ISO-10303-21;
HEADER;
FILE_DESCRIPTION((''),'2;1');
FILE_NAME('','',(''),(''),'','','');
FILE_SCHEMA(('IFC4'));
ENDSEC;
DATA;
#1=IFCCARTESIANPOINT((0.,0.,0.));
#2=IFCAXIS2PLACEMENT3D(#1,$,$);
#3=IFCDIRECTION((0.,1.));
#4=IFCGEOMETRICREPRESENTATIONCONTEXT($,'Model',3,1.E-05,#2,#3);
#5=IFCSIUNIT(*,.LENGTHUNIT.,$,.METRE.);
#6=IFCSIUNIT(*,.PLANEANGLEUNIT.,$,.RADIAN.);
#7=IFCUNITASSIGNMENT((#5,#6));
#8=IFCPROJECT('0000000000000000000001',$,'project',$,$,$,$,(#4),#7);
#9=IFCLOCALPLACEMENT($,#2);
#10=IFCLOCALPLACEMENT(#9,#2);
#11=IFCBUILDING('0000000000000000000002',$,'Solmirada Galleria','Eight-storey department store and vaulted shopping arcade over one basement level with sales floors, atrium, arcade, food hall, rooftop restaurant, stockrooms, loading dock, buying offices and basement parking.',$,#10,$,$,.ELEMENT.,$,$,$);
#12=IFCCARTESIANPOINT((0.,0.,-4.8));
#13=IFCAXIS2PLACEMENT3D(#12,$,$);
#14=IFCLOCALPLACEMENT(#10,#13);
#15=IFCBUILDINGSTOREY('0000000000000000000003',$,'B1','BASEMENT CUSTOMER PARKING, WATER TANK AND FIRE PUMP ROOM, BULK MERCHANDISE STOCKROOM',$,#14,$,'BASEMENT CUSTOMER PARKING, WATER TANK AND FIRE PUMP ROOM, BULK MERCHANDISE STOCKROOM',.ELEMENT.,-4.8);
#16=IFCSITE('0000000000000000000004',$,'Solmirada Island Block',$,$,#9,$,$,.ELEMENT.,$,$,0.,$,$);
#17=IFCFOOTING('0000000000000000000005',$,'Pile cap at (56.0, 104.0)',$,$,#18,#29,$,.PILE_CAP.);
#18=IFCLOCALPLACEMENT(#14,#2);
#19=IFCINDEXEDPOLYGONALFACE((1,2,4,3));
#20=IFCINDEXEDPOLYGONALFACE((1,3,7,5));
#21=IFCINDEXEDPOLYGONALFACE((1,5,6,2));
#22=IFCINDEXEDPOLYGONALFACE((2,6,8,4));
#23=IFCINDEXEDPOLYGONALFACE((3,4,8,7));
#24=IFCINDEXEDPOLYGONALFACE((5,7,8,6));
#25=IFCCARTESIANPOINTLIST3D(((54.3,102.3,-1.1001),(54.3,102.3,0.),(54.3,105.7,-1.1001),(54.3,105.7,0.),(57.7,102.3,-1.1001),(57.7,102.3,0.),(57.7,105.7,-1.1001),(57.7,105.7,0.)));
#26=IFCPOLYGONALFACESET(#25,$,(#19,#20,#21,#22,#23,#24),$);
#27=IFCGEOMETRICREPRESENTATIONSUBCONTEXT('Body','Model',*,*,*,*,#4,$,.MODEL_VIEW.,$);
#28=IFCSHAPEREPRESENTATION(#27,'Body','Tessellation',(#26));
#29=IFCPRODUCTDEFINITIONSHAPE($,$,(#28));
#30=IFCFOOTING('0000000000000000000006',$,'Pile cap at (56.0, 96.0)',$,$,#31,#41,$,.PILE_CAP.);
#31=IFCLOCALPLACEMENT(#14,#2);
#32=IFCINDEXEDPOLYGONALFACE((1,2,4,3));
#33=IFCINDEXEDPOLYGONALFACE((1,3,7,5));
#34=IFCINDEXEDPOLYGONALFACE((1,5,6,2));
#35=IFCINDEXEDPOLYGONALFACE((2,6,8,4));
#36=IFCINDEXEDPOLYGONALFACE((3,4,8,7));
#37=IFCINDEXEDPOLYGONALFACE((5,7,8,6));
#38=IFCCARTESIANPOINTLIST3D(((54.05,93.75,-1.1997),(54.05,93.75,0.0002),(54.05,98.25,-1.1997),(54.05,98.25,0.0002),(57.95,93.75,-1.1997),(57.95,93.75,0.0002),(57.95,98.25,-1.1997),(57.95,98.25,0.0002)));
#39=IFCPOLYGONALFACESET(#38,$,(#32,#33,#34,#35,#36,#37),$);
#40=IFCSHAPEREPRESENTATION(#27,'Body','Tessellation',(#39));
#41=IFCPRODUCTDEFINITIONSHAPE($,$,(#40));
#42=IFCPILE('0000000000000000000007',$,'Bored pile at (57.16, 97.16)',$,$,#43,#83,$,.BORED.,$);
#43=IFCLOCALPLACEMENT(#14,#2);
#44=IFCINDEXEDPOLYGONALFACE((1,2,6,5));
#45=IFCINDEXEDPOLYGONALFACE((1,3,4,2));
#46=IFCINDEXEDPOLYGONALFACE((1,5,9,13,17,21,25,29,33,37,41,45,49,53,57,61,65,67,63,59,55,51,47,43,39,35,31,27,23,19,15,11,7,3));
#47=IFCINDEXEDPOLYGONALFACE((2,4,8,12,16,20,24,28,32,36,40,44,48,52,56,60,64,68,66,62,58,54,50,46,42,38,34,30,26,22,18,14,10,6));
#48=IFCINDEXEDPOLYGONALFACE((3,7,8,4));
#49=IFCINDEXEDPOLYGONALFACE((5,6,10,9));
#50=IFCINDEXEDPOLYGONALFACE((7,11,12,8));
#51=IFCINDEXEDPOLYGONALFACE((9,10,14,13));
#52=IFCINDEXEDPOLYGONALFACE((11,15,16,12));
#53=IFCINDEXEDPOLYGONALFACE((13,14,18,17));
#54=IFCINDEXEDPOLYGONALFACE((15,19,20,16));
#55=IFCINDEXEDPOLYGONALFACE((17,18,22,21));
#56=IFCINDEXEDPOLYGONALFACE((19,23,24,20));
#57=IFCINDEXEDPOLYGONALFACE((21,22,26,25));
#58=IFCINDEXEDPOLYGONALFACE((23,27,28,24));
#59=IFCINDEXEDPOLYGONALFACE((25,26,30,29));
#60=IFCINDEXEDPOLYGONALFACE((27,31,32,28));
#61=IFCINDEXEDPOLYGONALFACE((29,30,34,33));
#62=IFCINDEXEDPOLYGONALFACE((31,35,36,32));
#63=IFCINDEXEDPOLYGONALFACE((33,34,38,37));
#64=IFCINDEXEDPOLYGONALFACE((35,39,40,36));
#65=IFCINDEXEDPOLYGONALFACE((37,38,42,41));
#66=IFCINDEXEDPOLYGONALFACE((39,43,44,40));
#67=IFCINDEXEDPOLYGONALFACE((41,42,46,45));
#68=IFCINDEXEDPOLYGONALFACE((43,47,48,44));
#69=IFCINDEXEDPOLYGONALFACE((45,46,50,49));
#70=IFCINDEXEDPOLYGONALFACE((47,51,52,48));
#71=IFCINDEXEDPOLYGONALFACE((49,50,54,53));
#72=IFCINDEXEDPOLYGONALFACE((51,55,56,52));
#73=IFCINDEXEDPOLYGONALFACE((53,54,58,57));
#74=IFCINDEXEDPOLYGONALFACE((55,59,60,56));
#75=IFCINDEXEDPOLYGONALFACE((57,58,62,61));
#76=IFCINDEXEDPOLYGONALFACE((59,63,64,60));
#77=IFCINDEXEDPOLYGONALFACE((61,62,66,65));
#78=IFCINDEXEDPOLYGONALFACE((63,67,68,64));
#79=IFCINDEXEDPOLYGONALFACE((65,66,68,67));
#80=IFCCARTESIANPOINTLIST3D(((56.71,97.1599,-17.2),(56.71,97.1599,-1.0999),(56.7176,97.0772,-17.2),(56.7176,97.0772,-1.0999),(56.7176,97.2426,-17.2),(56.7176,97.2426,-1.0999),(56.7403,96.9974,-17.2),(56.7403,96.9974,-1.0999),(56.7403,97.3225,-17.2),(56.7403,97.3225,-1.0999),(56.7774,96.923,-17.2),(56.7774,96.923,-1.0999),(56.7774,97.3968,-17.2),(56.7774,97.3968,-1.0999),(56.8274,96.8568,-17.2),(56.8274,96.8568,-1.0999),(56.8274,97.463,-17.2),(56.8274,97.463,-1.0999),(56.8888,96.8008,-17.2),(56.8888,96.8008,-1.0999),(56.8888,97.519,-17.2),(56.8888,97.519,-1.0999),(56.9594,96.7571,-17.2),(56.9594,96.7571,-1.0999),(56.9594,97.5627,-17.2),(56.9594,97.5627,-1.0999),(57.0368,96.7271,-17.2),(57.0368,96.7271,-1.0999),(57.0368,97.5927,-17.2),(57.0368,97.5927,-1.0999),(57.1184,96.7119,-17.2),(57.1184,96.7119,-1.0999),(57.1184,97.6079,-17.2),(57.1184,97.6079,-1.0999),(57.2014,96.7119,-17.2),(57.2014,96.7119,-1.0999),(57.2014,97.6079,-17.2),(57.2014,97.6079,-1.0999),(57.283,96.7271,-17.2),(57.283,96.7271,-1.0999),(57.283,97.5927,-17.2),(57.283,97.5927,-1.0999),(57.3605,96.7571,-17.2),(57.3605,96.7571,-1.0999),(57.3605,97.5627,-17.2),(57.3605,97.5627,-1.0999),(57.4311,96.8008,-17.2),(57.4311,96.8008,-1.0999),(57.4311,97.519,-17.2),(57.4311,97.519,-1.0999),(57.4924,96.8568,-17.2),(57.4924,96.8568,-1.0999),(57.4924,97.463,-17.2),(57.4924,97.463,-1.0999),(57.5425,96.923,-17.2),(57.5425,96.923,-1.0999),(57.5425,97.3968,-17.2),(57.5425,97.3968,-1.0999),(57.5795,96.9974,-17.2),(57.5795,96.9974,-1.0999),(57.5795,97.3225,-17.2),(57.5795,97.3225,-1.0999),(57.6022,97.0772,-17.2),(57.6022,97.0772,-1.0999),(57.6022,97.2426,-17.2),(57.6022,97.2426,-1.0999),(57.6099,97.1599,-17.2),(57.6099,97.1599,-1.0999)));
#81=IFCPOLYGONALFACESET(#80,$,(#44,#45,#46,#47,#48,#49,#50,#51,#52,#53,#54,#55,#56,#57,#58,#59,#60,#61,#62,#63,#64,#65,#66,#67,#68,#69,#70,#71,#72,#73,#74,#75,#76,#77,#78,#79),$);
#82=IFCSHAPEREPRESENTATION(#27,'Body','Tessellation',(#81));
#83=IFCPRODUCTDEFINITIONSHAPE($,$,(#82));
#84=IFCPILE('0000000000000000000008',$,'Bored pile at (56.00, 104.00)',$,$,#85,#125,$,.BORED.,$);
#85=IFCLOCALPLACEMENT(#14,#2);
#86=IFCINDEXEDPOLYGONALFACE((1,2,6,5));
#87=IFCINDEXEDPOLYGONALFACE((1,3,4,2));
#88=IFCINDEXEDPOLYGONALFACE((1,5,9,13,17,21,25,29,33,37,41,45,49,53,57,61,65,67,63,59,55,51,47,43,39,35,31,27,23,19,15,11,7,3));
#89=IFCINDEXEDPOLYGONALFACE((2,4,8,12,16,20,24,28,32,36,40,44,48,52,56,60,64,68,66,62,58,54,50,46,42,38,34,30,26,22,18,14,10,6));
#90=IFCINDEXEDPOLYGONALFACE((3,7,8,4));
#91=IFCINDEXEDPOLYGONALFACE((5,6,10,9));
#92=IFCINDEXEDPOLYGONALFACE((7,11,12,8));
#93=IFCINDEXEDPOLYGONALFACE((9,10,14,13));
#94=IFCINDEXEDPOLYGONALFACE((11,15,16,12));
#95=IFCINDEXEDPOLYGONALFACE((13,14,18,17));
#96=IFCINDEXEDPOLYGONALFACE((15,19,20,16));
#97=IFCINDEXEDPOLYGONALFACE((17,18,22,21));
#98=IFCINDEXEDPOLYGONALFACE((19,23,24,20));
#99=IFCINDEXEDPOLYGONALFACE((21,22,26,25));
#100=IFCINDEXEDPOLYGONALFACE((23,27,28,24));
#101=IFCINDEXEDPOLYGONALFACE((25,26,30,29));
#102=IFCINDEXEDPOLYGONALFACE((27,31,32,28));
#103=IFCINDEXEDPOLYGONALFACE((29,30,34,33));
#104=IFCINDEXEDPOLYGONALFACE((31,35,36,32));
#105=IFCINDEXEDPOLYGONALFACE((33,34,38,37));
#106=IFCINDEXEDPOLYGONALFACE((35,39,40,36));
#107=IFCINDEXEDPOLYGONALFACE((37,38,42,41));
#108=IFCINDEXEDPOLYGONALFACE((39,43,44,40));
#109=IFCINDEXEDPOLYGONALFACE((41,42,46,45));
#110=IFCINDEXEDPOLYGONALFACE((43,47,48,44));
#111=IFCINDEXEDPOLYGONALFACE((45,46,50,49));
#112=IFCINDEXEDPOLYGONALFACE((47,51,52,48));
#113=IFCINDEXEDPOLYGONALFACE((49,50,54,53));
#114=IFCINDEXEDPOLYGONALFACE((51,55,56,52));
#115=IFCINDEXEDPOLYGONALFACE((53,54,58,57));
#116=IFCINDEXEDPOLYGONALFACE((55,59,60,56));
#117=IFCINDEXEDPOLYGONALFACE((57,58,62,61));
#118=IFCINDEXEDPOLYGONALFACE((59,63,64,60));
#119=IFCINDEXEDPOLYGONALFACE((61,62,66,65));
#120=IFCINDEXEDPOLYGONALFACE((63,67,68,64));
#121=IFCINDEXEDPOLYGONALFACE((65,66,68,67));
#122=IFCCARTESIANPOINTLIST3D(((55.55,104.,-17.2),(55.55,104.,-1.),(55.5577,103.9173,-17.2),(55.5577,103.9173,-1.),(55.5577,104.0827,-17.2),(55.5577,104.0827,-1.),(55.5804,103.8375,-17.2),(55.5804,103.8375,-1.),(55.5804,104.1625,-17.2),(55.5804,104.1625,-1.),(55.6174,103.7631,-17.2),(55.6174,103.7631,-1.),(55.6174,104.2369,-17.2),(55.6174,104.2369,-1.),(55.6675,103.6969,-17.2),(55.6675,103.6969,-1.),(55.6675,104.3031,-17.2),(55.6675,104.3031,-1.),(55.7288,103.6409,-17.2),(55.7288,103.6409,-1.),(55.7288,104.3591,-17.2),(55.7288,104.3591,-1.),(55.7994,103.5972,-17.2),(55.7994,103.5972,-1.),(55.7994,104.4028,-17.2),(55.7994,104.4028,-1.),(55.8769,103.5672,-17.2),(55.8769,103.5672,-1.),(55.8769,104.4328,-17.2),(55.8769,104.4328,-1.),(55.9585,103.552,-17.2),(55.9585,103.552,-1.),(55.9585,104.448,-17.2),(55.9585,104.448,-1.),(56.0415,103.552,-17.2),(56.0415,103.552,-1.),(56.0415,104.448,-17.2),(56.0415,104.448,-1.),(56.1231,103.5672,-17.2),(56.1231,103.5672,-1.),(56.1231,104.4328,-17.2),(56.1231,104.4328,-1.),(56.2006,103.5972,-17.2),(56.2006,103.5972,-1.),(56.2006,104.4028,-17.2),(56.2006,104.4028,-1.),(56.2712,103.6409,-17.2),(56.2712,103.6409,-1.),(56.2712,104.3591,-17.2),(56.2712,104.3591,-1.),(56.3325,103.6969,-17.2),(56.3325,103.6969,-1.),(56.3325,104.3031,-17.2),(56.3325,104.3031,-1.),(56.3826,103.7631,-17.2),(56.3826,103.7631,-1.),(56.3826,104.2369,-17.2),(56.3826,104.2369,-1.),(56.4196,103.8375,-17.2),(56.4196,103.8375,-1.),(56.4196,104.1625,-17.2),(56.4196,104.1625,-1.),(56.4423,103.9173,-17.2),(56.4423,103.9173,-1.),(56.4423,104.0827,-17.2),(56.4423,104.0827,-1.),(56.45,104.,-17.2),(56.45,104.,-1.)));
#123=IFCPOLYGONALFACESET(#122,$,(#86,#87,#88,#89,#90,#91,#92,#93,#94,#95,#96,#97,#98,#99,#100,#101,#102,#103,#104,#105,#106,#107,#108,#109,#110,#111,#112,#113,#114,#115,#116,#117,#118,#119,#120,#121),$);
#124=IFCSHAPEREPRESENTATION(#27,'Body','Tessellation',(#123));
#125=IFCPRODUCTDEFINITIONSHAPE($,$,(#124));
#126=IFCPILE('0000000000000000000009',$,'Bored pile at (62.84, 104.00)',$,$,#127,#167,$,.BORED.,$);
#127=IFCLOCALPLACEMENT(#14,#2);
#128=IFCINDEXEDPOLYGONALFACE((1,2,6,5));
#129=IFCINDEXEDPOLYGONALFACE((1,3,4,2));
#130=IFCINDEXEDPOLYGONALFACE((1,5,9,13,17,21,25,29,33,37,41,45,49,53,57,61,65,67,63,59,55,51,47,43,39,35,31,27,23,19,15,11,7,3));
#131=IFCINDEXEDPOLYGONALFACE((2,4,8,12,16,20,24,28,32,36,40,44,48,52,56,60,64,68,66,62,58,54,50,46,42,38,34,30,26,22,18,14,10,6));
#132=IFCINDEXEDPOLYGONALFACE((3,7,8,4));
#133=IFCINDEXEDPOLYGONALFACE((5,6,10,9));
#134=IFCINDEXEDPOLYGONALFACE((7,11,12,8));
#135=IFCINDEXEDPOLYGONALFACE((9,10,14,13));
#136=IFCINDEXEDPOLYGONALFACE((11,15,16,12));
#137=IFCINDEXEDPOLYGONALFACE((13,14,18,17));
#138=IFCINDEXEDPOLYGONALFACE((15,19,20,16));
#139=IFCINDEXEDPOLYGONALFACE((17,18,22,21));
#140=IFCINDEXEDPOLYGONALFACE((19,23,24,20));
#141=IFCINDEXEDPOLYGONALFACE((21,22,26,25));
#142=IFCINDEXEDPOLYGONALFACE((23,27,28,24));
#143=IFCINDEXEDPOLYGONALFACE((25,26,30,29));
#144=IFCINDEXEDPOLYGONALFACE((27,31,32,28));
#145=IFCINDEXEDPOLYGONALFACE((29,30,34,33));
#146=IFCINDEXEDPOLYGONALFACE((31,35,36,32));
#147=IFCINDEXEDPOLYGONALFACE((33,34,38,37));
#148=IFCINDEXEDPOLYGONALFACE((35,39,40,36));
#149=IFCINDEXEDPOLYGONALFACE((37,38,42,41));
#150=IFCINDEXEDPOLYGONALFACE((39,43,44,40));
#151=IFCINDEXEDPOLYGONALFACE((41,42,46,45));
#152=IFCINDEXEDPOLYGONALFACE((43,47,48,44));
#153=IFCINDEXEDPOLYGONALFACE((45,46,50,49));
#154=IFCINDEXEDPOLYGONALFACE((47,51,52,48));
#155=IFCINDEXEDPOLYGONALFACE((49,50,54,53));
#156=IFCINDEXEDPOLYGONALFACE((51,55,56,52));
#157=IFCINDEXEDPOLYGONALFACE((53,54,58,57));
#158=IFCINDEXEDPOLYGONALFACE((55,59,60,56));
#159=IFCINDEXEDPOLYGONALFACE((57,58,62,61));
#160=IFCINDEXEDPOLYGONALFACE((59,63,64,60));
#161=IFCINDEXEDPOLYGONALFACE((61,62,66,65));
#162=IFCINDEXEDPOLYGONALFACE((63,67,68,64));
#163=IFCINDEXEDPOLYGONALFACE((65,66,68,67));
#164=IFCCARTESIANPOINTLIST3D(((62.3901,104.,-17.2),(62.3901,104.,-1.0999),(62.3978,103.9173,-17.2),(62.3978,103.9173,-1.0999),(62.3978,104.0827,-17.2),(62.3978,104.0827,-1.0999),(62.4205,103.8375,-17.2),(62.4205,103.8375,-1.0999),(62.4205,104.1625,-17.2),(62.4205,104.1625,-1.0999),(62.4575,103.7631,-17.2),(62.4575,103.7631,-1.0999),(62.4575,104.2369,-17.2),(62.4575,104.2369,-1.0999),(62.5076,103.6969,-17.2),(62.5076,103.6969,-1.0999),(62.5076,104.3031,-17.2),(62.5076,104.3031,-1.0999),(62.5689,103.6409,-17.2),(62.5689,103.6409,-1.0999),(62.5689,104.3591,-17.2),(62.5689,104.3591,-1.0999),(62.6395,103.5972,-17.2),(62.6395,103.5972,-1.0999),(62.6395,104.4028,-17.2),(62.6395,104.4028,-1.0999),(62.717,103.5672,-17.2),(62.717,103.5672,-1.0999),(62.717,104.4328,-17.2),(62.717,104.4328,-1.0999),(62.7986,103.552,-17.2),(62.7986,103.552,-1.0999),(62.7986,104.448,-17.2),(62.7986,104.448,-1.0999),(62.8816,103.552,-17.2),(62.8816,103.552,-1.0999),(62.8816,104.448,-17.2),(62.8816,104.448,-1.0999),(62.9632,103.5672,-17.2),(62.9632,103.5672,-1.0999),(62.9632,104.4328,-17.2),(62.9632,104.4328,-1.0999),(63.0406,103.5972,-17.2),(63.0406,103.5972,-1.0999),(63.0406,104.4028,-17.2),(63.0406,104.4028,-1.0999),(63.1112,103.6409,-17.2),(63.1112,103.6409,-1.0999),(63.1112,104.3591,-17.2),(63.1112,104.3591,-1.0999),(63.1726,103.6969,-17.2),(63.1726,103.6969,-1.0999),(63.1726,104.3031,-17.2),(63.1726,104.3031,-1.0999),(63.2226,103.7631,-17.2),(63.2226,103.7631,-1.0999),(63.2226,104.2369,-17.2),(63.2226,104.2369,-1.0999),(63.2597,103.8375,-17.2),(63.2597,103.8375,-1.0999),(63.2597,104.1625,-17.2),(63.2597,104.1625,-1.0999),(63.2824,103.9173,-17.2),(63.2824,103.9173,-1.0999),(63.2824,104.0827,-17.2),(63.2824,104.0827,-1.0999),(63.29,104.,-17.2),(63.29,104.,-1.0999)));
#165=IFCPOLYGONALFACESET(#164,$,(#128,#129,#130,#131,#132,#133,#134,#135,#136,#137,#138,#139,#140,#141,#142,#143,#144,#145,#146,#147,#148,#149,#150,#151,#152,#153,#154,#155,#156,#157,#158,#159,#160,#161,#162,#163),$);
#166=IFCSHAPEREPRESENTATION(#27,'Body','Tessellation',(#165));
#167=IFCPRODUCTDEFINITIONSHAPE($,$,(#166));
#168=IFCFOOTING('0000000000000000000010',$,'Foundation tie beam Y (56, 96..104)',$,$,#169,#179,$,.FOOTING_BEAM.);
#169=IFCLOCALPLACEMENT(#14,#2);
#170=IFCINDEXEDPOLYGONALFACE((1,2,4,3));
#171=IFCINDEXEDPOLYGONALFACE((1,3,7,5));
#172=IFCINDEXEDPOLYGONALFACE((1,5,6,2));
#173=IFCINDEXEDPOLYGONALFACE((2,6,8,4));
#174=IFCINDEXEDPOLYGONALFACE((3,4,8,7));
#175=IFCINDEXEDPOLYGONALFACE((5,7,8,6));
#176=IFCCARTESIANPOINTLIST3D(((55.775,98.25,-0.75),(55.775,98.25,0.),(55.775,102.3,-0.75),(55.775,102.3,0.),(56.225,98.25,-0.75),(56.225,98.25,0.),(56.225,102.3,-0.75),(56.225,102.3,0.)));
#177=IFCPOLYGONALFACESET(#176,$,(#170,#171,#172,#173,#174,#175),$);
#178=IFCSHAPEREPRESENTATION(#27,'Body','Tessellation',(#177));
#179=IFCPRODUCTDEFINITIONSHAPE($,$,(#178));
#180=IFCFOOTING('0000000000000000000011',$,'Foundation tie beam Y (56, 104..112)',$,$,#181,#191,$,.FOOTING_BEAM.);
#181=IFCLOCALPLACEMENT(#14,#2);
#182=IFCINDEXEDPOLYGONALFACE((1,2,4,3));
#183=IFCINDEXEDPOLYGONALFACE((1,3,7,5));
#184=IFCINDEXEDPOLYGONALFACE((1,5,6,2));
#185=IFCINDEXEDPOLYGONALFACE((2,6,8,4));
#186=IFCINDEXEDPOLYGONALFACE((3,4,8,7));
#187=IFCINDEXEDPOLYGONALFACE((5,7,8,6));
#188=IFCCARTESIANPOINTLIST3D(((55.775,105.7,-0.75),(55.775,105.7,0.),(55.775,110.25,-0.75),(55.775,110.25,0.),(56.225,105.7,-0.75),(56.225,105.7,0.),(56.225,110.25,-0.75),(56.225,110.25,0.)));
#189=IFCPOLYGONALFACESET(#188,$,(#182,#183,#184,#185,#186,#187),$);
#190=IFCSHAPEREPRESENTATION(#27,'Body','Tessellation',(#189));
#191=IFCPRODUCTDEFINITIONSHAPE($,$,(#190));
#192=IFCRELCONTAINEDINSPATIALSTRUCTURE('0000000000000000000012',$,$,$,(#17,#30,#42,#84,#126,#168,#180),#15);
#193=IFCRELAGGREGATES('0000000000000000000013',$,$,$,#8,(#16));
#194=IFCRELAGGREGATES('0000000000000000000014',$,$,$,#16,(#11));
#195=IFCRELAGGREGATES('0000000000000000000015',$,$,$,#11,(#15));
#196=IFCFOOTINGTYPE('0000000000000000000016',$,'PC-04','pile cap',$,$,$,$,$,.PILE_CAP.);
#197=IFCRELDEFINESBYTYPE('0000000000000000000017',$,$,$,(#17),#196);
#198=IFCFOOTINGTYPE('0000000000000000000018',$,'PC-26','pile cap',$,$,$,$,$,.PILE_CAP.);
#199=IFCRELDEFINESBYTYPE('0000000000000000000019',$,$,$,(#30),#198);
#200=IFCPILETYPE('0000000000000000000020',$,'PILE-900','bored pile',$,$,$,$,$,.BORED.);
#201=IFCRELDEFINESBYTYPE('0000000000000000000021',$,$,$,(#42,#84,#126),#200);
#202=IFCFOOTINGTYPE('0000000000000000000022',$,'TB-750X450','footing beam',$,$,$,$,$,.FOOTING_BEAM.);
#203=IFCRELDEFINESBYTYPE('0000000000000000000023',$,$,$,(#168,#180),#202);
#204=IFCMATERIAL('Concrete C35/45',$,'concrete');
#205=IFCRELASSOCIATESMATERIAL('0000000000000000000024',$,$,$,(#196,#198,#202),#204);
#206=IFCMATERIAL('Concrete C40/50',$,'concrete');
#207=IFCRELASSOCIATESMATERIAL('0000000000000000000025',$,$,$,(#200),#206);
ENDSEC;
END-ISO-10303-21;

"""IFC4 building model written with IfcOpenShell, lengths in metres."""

from ifc_helpers import new_model, si_unit, direction, frame, origin, origin_2d, place, context, subcontext, project, spatial, rectangle, circle, extrude, material, material_profile, profile_set, type_object, element, save


model = new_model("IFC4")

# Units and contexts
model_context = context("Model", 3, precision=1e-05, world=origin(), true_north=direction((0.0, 1.0)))
body_context = subcontext(model_context, "Body", "Model", "MODEL_VIEW")
ifc_project = project(units=[si_unit("LENGTHUNIT", "METRE"), si_unit("PLANEANGLEUNIT", "RADIAN")], contexts=[model_context])

# Site, building, storey
site_placement = place(None, origin())
site = spatial("IfcSite", under=ifc_project, at=site_placement, Name="Solmirada Island Block", CompositionType="ELEMENT", RefElevation=0.0)
building_placement = place(site_placement, origin())
building = spatial("IfcBuilding", under=site, at=building_placement, Name="Solmirada Galleria", Description="Eight-storey department store and vaulted shopping arcade over one basement level with sales floors, atrium, arcade, food hall, rooftop restaurant, stockrooms, loading dock, buying offices and basement parking.", CompositionType="ELEMENT")
storey_placement = place(building_placement, frame((0.0, 0.0, -4.8)))
storey = spatial("IfcBuildingStorey", under=building, at=storey_placement, Name="B1", Description="BASEMENT CUSTOMER PARKING, WATER TANK AND FIRE PUMP ROOM, BULK MERCHANDISE STOCKROOM", LongName="BASEMENT CUSTOMER PARKING, WATER TANK AND FIRE PUMP ROOM, BULK MERCHANDISE STOCKROOM", CompositionType="ELEMENT", Elevation=-4.8)

# Footings
ifc_material_1 = material(Name="Concrete C35/45", Category="concrete")
footing_type_1 = type_object("IfcFootingType", Name="PC-04", Description="pile cap", PredefinedType="PILE_CAP", material=ifc_material_1)
footing_1_placement = place(storey_placement, frame((56.0, 104.0, -1.1001), z_axis=(0.0, 0.0, 1.0), x_axis=(1.0, 0.0, 0.0)))
element("IfcFooting", 1, at=footing_1_placement, inside=storey, type_object=footing_type_1, Name="Pile cap at (56.0, 104.0)", PredefinedType="PILE_CAP", context=body_context, shape_type="SweptSolid", body=[
    extrude(rectangle(XDim=3.3999, YDim=3.3999, at=origin_2d()), origin(), (0.0, 0.0, 1.0), 1.1001),
])
footing_type_2 = type_object("IfcFootingType", Name="PC-26", Description="pile cap", PredefinedType="PILE_CAP", material=ifc_material_1)
footing_2_placement = place(storey_placement, frame((56.0, 96.0, -1.1997), z_axis=(0.0, 0.0, 1.0), x_axis=(1.0, 0.0, 0.0)))
element("IfcFooting", 2, at=footing_2_placement, inside=storey, type_object=footing_type_2, Name="Pile cap at (56.0, 96.0)", PredefinedType="PILE_CAP", context=body_context, shape_type="SweptSolid", body=[
    extrude(rectangle(XDim=3.8999, YDim=4.5, at=origin_2d()), origin(), (0.0, 0.0, 1.0), 1.2),
])

# Piles
ifc_material_2 = material(Name="Concrete C40/50", Category="concrete")
ifc_material_profile_1 = material_profile(ifc_material_2, circle(Radius=0.45, at=origin_2d()), Name="PILE900")
ifc_profile_set_1 = profile_set([ifc_material_profile_1], Name="Concrete C40/50")
pile_type = type_object("IfcPileType", Name="PILE-900", Description="bored pile", PredefinedType="BORED", material=ifc_profile_set_1)
pile_1_placement = place(storey_placement, frame((57.1599, 97.1599, -1.0999), z_axis=(0.0, 0.0, -1.0), x_axis=(1.0, 0.0, 0.0)))
element("IfcPile", 3, at=pile_1_placement, inside=storey, type_object=pile_type, Name="Bored pile at (57.16, 97.16)", PredefinedType="BORED", context=body_context, shape_type="SweptSolid", body=[
    extrude(circle(Radius=0.45, at=origin_2d()), origin(), (0.0, 0.0, 1.0), 16.1001),
])
pile_2_placement = place(storey_placement, frame((56.0, 104.0, -1.0), z_axis=(0.0, 0.0, -1.0), x_axis=(1.0, 0.0, 0.0)))
element("IfcPile", 4, at=pile_2_placement, inside=storey, type_object=pile_type, Name="Bored pile at (56.00, 104.00)", PredefinedType="BORED", context=body_context, shape_type="SweptSolid", body=[
    extrude(circle(Radius=0.45, at=origin_2d()), origin(), (0.0, 0.0, 1.0), 16.2),
])
pile_3_placement = place(storey_placement, frame((62.8401, 104.0, -1.0999), z_axis=(0.0, 0.0, -1.0), x_axis=(1.0, 0.0, 0.0)))
element("IfcPile", 5, at=pile_3_placement, inside=storey, type_object=pile_type, Name="Bored pile at (62.84, 104.00)", PredefinedType="BORED", context=body_context, shape_type="SweptSolid", body=[
    extrude(circle(Radius=0.45, at=origin_2d()), origin(), (0.0, 0.0, 1.0), 16.1001),
])

# Footings
ifc_material_profile_2 = material_profile(ifc_material_1, rectangle(XDim=0.45, YDim=0.75, at=origin_2d()), Name="RC750X450")
ifc_profile_set_2 = profile_set([ifc_material_profile_2], Name="Concrete C35/45")
footing_type_3 = type_object("IfcFootingType", Name="TB-750X450", Description="footing beam", PredefinedType="FOOTING_BEAM", material=ifc_profile_set_2)
footing_3_placement = place(storey_placement, frame((56.0, 98.25, -0.375), z_axis=(0.0, 1.0, 0.0), x_axis=(-1.0, 0.0, 0.0)))
element("IfcFooting", 6, at=footing_3_placement, inside=storey, type_object=footing_type_3, Name="Foundation tie beam Y (56, 96..104)", PredefinedType="FOOTING_BEAM", context=body_context, shape_type="SweptSolid", body=[
    extrude(rectangle(XDim=0.45, YDim=0.75, at=origin_2d()), origin(), (0.0, 0.0, 1.0), 4.05),
])
footing_4_placement = place(storey_placement, frame((56.0, 105.7, -0.375), z_axis=(0.0, 1.0, 0.0), x_axis=(-1.0, 0.0, 0.0)))
element("IfcFooting", 7, at=footing_4_placement, inside=storey, type_object=footing_type_3, Name="Foundation tie beam Y (56, 104..112)", PredefinedType="FOOTING_BEAM", context=body_context, shape_type="SweptSolid", body=[
    extrude(rectangle(XDim=0.45, YDim=0.75, at=origin_2d()), origin(), (0.0, 0.0, 1.0), 4.55),
])

save(model, "model.ifc")
